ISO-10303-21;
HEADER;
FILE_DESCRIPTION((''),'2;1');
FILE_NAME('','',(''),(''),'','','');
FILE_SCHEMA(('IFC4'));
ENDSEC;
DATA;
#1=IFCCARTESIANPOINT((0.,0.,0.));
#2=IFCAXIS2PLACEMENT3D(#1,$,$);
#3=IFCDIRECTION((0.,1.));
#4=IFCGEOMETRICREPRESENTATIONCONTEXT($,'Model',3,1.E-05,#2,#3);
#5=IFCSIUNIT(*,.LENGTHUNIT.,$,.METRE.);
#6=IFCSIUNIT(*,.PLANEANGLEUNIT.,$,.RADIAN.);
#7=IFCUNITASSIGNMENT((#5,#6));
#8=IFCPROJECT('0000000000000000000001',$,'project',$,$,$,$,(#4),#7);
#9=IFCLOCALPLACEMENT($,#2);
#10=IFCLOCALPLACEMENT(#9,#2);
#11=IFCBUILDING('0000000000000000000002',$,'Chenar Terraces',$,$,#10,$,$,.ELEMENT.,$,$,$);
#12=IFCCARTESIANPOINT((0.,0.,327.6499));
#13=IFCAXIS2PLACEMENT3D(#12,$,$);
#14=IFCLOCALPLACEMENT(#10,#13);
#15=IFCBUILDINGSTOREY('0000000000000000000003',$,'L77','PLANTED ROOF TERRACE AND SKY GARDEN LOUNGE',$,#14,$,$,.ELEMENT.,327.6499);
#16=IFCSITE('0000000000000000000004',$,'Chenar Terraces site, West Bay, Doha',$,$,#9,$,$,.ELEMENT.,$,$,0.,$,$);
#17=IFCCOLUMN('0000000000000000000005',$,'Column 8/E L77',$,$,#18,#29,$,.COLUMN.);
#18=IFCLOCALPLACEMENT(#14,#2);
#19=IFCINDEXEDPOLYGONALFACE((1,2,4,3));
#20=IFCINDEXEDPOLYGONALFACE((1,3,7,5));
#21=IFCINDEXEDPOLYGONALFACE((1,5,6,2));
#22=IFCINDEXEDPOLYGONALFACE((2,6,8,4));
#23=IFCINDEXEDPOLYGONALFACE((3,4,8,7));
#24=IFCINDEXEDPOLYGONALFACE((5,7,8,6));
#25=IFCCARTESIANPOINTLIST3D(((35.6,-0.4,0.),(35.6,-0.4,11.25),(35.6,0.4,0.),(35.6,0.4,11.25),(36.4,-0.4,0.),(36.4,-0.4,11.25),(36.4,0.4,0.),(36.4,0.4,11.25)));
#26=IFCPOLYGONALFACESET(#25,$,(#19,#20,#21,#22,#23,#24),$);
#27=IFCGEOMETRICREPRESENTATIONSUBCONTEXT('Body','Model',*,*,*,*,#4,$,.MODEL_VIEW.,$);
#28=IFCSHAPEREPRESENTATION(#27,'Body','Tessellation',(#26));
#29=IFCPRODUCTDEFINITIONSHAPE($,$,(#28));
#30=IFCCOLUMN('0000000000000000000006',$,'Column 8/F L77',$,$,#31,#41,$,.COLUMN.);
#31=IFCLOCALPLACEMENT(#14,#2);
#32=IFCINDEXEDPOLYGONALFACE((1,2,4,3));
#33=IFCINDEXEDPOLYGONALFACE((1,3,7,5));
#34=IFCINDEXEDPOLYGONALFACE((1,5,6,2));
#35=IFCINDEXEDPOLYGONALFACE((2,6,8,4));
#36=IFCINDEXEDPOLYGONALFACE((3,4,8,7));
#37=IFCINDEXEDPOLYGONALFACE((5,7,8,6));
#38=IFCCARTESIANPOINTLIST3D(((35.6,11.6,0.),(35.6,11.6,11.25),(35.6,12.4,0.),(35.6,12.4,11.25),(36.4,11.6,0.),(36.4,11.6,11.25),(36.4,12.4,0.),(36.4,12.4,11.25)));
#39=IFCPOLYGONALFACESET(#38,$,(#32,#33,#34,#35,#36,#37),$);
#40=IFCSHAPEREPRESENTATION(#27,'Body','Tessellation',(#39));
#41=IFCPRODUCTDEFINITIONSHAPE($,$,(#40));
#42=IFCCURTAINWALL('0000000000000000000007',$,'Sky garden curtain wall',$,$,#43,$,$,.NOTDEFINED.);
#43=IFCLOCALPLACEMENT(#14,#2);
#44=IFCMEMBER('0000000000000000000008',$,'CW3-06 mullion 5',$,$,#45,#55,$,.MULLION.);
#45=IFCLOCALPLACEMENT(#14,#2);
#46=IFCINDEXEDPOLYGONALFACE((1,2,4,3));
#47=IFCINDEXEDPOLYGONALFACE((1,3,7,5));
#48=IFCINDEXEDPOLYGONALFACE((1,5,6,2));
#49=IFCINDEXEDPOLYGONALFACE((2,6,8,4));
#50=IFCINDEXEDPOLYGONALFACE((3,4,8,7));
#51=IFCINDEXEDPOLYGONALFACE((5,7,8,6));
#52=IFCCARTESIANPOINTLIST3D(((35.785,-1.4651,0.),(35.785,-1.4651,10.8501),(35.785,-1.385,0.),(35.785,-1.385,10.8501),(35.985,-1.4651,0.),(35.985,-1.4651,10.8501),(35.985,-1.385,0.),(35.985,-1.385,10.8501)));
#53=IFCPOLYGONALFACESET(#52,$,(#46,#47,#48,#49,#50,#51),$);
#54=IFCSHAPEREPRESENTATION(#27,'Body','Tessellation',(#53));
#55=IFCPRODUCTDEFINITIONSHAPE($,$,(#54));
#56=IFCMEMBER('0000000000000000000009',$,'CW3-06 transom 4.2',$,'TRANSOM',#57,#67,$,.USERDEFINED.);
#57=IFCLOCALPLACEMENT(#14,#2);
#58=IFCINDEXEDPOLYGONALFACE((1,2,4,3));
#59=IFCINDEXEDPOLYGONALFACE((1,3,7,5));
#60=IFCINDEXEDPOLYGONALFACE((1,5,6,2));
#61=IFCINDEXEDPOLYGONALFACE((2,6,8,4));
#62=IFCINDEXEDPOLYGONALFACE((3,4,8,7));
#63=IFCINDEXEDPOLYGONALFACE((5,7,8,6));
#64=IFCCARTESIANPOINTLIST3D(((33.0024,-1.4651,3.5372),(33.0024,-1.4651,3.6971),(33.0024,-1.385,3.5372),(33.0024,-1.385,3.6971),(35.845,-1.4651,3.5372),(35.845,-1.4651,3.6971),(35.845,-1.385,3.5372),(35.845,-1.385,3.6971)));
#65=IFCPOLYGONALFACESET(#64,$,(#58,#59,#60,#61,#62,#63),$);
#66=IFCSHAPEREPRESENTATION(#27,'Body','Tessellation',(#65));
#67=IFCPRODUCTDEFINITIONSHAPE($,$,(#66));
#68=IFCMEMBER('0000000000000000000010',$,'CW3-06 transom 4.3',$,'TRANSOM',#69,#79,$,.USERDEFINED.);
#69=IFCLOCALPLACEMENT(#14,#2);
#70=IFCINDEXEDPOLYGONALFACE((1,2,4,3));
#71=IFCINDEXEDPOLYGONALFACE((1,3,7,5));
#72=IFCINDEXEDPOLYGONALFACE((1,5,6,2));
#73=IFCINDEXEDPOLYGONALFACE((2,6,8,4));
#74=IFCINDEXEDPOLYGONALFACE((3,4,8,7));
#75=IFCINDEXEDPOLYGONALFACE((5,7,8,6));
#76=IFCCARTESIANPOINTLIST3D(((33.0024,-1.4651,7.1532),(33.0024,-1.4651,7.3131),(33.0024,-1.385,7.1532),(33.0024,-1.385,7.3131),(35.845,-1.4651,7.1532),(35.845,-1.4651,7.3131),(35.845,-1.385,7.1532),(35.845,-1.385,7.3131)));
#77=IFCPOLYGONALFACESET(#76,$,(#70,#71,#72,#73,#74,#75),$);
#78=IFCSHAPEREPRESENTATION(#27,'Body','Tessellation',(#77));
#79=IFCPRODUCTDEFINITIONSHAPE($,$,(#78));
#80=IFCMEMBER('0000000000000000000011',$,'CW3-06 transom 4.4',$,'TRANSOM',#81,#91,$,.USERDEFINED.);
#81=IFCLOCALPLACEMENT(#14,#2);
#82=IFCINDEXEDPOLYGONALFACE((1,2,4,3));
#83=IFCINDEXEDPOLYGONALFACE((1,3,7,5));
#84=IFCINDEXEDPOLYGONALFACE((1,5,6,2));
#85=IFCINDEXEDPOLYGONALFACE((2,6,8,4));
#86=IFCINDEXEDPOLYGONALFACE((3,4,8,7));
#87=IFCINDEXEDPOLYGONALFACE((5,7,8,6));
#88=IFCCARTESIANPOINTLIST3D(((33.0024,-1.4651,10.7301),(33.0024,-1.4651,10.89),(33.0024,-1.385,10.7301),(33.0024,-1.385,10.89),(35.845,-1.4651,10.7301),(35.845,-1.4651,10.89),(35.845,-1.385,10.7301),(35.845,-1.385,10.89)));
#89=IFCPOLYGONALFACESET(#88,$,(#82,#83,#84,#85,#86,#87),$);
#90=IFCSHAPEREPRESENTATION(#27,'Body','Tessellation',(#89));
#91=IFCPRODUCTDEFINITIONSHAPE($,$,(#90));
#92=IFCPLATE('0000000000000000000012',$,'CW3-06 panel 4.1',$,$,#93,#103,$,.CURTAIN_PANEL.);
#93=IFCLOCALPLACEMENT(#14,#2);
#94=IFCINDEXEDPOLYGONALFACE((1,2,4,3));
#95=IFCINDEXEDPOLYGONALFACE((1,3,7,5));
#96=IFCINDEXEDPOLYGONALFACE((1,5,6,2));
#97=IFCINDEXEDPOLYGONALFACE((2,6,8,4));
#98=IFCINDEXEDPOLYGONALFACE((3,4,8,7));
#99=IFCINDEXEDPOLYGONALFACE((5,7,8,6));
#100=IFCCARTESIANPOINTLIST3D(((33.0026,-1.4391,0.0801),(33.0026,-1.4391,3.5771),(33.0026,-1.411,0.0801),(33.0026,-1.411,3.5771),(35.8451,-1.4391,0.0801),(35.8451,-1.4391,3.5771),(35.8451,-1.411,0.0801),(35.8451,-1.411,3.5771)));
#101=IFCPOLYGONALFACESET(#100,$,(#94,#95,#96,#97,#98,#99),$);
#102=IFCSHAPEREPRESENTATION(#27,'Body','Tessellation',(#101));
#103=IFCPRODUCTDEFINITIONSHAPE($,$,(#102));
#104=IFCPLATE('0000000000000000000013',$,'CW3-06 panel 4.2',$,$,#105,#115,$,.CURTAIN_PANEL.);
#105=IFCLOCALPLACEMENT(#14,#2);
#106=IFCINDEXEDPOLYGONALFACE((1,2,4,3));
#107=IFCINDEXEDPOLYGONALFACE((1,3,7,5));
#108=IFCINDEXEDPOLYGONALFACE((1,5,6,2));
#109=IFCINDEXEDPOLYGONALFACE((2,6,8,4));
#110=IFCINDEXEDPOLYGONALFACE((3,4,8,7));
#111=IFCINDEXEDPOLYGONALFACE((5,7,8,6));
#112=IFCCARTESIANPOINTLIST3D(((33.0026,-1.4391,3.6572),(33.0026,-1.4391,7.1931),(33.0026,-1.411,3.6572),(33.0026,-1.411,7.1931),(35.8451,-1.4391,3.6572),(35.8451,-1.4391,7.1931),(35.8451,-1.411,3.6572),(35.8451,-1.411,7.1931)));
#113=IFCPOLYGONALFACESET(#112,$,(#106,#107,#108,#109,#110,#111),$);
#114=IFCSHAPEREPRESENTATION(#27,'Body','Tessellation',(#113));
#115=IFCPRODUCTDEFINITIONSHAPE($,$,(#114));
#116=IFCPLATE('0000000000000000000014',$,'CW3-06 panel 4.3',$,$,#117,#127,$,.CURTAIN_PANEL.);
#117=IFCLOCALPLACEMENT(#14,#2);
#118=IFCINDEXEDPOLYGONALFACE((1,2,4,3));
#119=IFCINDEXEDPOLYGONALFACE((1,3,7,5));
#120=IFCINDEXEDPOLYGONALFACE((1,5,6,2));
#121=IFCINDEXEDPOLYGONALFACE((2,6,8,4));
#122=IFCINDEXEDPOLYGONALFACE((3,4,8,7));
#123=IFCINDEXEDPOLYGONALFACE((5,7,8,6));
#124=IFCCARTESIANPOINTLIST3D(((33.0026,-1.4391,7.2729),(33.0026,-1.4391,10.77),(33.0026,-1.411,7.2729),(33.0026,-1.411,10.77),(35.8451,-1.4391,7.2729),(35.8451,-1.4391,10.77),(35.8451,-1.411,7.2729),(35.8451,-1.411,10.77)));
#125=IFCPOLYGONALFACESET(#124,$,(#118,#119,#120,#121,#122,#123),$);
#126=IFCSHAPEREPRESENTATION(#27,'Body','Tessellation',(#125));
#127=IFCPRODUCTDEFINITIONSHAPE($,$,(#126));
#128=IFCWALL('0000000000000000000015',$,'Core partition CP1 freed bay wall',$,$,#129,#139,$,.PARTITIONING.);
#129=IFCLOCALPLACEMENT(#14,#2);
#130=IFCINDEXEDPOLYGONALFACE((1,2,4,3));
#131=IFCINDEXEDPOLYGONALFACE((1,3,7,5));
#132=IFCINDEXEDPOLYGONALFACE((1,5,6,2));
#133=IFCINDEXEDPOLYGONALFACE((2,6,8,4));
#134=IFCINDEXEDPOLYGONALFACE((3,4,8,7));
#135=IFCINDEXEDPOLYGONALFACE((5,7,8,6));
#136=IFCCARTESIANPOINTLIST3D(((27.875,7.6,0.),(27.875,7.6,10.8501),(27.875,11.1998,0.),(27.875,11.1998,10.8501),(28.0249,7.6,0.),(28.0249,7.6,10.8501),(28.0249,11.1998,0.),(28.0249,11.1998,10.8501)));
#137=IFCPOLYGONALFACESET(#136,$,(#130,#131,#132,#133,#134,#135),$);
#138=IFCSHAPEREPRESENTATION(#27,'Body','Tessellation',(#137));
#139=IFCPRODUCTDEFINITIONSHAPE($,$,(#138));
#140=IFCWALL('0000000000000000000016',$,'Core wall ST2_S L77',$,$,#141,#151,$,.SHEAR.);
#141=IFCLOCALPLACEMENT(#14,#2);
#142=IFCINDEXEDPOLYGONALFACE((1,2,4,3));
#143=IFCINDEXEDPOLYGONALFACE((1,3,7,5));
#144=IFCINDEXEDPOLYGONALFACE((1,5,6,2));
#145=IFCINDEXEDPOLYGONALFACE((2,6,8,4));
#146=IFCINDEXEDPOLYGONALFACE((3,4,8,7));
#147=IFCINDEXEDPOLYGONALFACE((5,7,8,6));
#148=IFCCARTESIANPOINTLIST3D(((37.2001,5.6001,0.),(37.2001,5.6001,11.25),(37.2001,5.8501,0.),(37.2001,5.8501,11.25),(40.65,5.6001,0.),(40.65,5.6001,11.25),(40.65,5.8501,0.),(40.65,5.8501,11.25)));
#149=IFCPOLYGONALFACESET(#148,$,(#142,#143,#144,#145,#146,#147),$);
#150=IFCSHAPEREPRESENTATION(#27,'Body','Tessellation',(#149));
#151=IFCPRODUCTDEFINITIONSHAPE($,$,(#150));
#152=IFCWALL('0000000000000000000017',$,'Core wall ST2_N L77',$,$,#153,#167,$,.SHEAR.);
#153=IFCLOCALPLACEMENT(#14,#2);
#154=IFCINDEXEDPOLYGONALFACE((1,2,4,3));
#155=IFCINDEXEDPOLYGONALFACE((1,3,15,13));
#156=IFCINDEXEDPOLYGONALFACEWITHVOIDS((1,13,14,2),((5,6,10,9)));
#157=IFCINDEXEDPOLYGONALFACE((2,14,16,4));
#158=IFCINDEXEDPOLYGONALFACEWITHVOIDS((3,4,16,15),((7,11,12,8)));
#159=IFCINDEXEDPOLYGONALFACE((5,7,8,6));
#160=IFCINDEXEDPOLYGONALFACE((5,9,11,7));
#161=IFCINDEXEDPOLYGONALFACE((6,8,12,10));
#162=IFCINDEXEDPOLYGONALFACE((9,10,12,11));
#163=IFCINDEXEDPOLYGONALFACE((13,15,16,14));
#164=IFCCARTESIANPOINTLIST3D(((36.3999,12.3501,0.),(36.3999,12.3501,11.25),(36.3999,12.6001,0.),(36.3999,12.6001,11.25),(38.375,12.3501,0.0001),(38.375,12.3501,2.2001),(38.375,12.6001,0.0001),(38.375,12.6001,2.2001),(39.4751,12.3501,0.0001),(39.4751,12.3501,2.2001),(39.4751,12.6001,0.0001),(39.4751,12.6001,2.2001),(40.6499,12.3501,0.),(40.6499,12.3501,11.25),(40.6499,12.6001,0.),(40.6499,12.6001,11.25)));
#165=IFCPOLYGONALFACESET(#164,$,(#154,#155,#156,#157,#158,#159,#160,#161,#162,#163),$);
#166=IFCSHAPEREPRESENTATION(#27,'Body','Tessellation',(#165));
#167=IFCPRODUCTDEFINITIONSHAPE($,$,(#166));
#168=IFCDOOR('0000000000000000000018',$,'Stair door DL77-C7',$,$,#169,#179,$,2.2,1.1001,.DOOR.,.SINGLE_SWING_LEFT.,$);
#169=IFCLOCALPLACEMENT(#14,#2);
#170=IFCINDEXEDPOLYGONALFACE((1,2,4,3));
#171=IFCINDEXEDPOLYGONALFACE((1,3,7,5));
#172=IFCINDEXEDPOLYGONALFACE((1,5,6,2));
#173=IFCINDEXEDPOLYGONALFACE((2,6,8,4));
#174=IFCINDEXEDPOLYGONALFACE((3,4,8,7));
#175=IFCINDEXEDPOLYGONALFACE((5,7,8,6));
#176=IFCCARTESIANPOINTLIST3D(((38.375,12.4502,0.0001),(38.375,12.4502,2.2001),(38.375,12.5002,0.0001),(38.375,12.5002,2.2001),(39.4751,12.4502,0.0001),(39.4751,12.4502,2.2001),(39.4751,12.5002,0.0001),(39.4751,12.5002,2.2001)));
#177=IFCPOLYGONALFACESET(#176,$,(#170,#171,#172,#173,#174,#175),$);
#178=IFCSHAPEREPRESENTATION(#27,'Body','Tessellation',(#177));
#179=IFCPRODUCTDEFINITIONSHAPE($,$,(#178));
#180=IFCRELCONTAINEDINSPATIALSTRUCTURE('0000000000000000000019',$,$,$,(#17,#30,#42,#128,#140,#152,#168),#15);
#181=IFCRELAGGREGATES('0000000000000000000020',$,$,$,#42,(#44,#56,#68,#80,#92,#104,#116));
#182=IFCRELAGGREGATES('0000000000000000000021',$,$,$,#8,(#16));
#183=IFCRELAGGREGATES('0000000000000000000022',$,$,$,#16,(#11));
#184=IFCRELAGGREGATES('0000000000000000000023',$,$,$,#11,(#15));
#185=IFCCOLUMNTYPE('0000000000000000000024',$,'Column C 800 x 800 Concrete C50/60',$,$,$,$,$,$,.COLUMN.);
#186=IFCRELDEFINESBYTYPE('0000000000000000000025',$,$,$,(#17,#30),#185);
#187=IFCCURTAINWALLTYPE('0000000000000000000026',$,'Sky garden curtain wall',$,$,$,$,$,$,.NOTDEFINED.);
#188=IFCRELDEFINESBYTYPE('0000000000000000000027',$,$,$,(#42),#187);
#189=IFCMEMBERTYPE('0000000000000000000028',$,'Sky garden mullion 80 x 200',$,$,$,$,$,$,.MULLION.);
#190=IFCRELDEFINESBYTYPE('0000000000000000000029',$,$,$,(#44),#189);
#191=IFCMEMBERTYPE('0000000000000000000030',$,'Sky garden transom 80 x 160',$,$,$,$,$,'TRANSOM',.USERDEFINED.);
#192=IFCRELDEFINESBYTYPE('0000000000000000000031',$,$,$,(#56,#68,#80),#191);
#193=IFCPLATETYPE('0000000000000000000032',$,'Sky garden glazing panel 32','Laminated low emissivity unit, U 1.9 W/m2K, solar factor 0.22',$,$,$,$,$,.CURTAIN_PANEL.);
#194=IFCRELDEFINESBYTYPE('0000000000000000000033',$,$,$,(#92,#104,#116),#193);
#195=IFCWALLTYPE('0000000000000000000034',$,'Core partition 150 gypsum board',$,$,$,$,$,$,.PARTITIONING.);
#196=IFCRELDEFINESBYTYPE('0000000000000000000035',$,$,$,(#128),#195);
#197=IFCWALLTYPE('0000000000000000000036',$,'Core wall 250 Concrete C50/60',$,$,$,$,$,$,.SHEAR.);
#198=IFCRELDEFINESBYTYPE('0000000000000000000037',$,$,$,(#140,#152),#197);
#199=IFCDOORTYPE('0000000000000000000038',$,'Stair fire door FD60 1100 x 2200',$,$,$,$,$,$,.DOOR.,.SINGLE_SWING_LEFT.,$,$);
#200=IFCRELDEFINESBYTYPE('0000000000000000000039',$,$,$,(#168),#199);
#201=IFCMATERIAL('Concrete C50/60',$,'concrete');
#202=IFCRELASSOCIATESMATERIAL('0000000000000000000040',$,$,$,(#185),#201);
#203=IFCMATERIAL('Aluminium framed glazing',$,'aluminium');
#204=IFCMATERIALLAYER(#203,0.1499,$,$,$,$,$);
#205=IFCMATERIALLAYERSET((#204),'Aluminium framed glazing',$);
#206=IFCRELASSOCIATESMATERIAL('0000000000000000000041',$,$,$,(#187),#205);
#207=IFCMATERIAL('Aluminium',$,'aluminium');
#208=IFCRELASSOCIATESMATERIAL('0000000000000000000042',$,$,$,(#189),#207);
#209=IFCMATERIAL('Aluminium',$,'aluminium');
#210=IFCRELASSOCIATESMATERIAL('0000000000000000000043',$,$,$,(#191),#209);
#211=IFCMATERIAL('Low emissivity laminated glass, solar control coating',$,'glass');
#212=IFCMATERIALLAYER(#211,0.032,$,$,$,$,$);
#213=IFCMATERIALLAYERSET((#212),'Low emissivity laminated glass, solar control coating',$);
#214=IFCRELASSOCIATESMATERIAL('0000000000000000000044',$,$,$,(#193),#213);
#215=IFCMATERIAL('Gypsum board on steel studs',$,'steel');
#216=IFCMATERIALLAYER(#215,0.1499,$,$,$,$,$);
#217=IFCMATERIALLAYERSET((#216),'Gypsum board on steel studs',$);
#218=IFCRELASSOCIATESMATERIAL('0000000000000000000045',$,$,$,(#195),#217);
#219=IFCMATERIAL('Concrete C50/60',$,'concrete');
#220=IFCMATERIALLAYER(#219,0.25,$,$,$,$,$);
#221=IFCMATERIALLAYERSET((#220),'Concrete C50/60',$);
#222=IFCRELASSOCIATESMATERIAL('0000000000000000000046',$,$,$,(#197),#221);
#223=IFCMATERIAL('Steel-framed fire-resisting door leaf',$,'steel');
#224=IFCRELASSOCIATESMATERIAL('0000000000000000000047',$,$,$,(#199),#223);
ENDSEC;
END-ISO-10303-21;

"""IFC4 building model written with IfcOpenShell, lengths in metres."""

from ifc_helpers import new_model, si_unit, direction, frame, frame_2d, origin, origin_2d, place, context, subcontext, project, spatial, rectangle, extrude, material, layer, layer_set, material_profile, profile_set, type_object, element, fill, aggregate, save


model = new_model("IFC4")

# Units and contexts
model_context = context("Model", 3, precision=1e-05, world=origin(), true_north=direction((0.0, 1.0)))
body_context = subcontext(model_context, "Body", "Model", "MODEL_VIEW")
ifc_project = project(units=[si_unit("LENGTHUNIT", "METRE"), si_unit("PLANEANGLEUNIT", "RADIAN")], contexts=[model_context])

# Site, building, storey
site_placement = place(None, origin())
site = spatial("IfcSite", under=ifc_project, at=site_placement, Name="Chenar Terraces site, West Bay, Doha", CompositionType="ELEMENT", RefElevation=0.0)
building_placement = place(site_placement, origin())
building = spatial("IfcBuilding", under=site, at=building_placement, Name="Chenar Terraces", CompositionType="ELEMENT")
storey_placement = place(building_placement, frame((0.0, 0.0, 327.6499)))
storey = spatial("IfcBuildingStorey", under=building, at=storey_placement, Name="L77", Description="PLANTED ROOF TERRACE AND SKY GARDEN LOUNGE", CompositionType="ELEMENT", Elevation=327.6499)

# Columns
ifc_material_1 = material(Name="Concrete C50/60", Category="concrete")
ifc_material_profile_1 = material_profile(ifc_material_1, rectangle(XDim=0.8, YDim=0.8, at=origin_2d()), Name="C 800 x 800")
ifc_profile_set_1 = profile_set([ifc_material_profile_1], Name="Concrete C50/60")
column_type = type_object("IfcColumnType", Name="Column C 800 x 800 Concrete C50/60", PredefinedType="COLUMN", material=ifc_profile_set_1)
for number, where, z_axis, x_axis, name in (
    (1, (36.0, 0.0, 0.0), (0.0, 0.0, 1.0), (1.0, 0.0, 0.0), "Column 8/E L77"),
    (2, (36.0, 12.0, 0.0), (0.0, 0.0, 1.0), (1.0, 0.0, 0.0), "Column 8/F L77"),
):
    element("IfcColumn", number, at=place(storey_placement, frame(where, z_axis=z_axis, x_axis=x_axis)), inside=storey, type_object=column_type, Name=name, PredefinedType="COLUMN", context=body_context, shape_type="SweptSolid", body=[
        extrude(rectangle(XDim=0.8, YDim=0.8, at=origin_2d()), origin(), (0.0, 0.0, 1.0), 11.25),
    ])

# Curtain wall, members, plates
ifc_material_2 = material(Name="Aluminium framed glazing", Category="aluminium")
ifc_layer_1 = layer(ifc_material_2, 0.1499)
ifc_layer_set_1 = layer_set([ifc_layer_1], Name="Aluminium framed glazing")
curtain_wall_type = type_object("IfcCurtainWallType", Name="Sky garden curtain wall", PredefinedType="NOTDEFINED", material=ifc_layer_set_1)
placement = place(storey_placement, origin())
curtain_wall = element("IfcCurtainWall", 3, at=placement, inside=storey, type_object=curtain_wall_type, Name="Sky garden curtain wall", PredefinedType="NOTDEFINED")
ifc_material_3 = material(Name="Aluminium", Category="aluminium")
ifc_material_profile_2 = material_profile(ifc_material_3, rectangle(XDim=0.0801, YDim=0.2, at=origin_2d()), Name="Sky garden mullion 80 x 200")
ifc_profile_set_2 = profile_set([ifc_material_profile_2], Name="Aluminium")
member_type_1 = type_object("IfcMemberType", Name="Sky garden mullion 80 x 200", PredefinedType="MULLION", material=ifc_profile_set_2)
member_1_placement = place(storey_placement, frame((35.885, -1.425, 0.0), z_axis=(0.0, 0.0, 1.0), x_axis=(0.0, 1.0, 0.0)))
member_1 = element("IfcMember", 4, at=member_1_placement, type_object=member_type_1, Name="CW3-06 mullion 5", PredefinedType="MULLION", context=body_context, shape_type="SweptSolid", body=[
    extrude(rectangle(XDim=0.0801, YDim=0.2, at=origin_2d()), origin(), (0.0, 0.0, 1.0), 10.8501),
])
ifc_material_4 = material(Name="Aluminium", Category="aluminium")
ifc_material_profile_3 = material_profile(ifc_material_4, rectangle(XDim=0.0801, YDim=0.1599, at=origin_2d()), Name="Sky garden transom 80 x 160")
ifc_profile_set_3 = profile_set([ifc_material_profile_3], Name="Aluminium")
member_type_2 = type_object("IfcMemberType", Name="Sky garden transom 80 x 160", ElementType="TRANSOM", PredefinedType="USERDEFINED", material=ifc_profile_set_3)
member_2_placement = place(storey_placement, frame((33.0024, -1.425, 3.6172), z_axis=(1.0, 0.0, 0.0), x_axis=(0.0, 1.0, 0.0)))
member_2 = element("IfcMember", 5, at=member_2_placement, type_object=member_type_2, Name="CW3-06 transom 4.2", ObjectType="TRANSOM", PredefinedType="USERDEFINED", context=body_context, shape_type="SweptSolid", body=[
    extrude(rectangle(XDim=0.0801, YDim=0.1599, at=origin_2d()), origin(), (0.0, 0.0, 1.0), 2.8425),
])
member_3_placement = place(storey_placement, frame((33.0024, -1.425, 7.2332), z_axis=(1.0, 0.0, 0.0), x_axis=(0.0, 1.0, 0.0)))
member_3 = element("IfcMember", 6, at=member_3_placement, type_object=member_type_2, Name="CW3-06 transom 4.3", ObjectType="TRANSOM", PredefinedType="USERDEFINED", context=body_context, shape_type="SweptSolid", body=[
    extrude(rectangle(XDim=0.0801, YDim=0.1599, at=origin_2d()), origin(), (0.0, 0.0, 1.0), 2.8425),
])
member_4_placement = place(storey_placement, frame((33.0024, -1.425, 10.8101), z_axis=(1.0, 0.0, 0.0), x_axis=(0.0, 1.0, 0.0)))
member_4 = element("IfcMember", 7, at=member_4_placement, type_object=member_type_2, Name="CW3-06 transom 4.4", ObjectType="TRANSOM", PredefinedType="USERDEFINED", context=body_context, shape_type="SweptSolid", body=[
    extrude(rectangle(XDim=0.0801, YDim=0.1599, at=origin_2d()), origin(), (0.0, 0.0, 1.0), 2.8425),
])
ifc_material_5 = material(Name="Low emissivity laminated glass, solar control coating", Category="glass")
ifc_layer_2 = layer(ifc_material_5, 0.032)
ifc_layer_set_2 = layer_set([ifc_layer_2], Name="Low emissivity laminated glass, solar control coating")
plate_type = type_object("IfcPlateType", Name="Sky garden glazing panel 32", Description="Laminated low emissivity unit, U 1.9 W/m2K, solar factor 0.22", PredefinedType="CURTAIN_PANEL", material=ifc_layer_set_2)
plate_1_placement = place(storey_placement, frame((34.4238, -1.425, 0.0801), z_axis=(0.0, 0.0, 1.0), x_axis=(1.0, 0.0, 0.0)))
plate_1 = element("IfcPlate", 8, at=plate_1_placement, type_object=plate_type, Name="CW3-06 panel 4.1", PredefinedType="CURTAIN_PANEL", context=body_context, shape_type="SweptSolid", body=[
    extrude(rectangle(XDim=2.8425, YDim=0.0281, at=origin_2d()), origin(), (0.0, 0.0, 1.0), 3.4971),
])
plate_2_placement = place(storey_placement, frame((34.4238, -1.425, 3.6572), z_axis=(0.0, 0.0, 1.0), x_axis=(1.0, 0.0, 0.0)))
plate_2 = element("IfcPlate", 9, at=plate_2_placement, type_object=plate_type, Name="CW3-06 panel 4.2", PredefinedType="CURTAIN_PANEL", context=body_context, shape_type="SweptSolid", body=[
    extrude(rectangle(XDim=2.8425, YDim=0.0281, at=origin_2d()), origin(), (0.0, 0.0, 1.0), 3.5359),
])
plate_3_placement = place(storey_placement, frame((34.4238, -1.425, 7.2729), z_axis=(0.0, 0.0, 1.0), x_axis=(1.0, 0.0, 0.0)))
plate_3 = element("IfcPlate", 10, at=plate_3_placement, type_object=plate_type, Name="CW3-06 panel 4.3", PredefinedType="CURTAIN_PANEL", context=body_context, shape_type="SweptSolid", body=[
    extrude(rectangle(XDim=2.8425, YDim=0.0281, at=origin_2d()), origin(), (0.0, 0.0, 1.0), 3.4971),
])
aggregate(curtain_wall, [member_1, member_2, member_3, member_4, plate_1, plate_2, plate_3])

# Walls
ifc_material_6 = material(Name="Gypsum board on steel studs", Category="steel")
ifc_layer_3 = layer(ifc_material_6, 0.1499)
ifc_layer_set_3 = layer_set([ifc_layer_3], Name="Gypsum board on steel studs")
wall_type_1 = type_object("IfcWallType", Name="Core partition 150 gypsum board", PredefinedType="PARTITIONING", material=ifc_layer_set_3)
wall_1_placement = place(storey_placement, frame((27.95, 7.6001, 0.0), z_axis=(0.0, 0.0, 1.0), x_axis=(0.0, 1.0, 0.0)))
element("IfcWall", 11, at=wall_1_placement, inside=storey, type_object=wall_type_1, Name="Core partition CP1 freed bay wall", PredefinedType="PARTITIONING", context=body_context, shape_type="SweptSolid", body=[
    extrude(rectangle(XDim=3.5999, YDim=0.1499, at=frame_2d((1.7998, 0.0))), origin(), (0.0, 0.0, 1.0), 10.8501),
])
ifc_material_7 = material(Name="Concrete C50/60", Category="concrete")
ifc_layer_4 = layer(ifc_material_7, 0.25)
ifc_layer_set_4 = layer_set([ifc_layer_4], Name="Concrete C50/60")
wall_type_2 = type_object("IfcWallType", Name="Core wall 250 Concrete C50/60", PredefinedType="SHEAR", material=ifc_layer_set_4)
wall_2_placement = place(storey_placement, frame((37.2, 5.7251, 0.0), z_axis=(0.0, 0.0, 1.0), x_axis=(1.0, 0.0, 0.0)))
element("IfcWall", 12, at=wall_2_placement, inside=storey, type_object=wall_type_2, Name="Core wall ST2_S L77", PredefinedType="SHEAR", context=body_context, shape_type="SweptSolid", body=[
    extrude(rectangle(XDim=3.45, YDim=0.25, at=frame_2d((1.7251, 0.0))), origin(), (0.0, 0.0, 1.0), 11.25),
])

# Wall, opening, door
wall_3_placement = place(storey_placement, frame((36.3999, 12.4751, 0.0), z_axis=(0.0, 0.0, 1.0), x_axis=(1.0, 0.0, 0.0)))
wall_3 = element("IfcWall", 13, at=wall_3_placement, inside=storey, type_object=wall_type_2, Name="Core wall ST2_N L77", PredefinedType="SHEAR", context=body_context, shape_type="SweptSolid", body=[
    extrude(rectangle(XDim=4.25, YDim=0.25, at=frame_2d((2.125, 0.0))), origin(), (0.0, 0.0, 1.0), 11.25),
])
opening_1_placement = place(wall_3_placement, frame((1.9751, 0.0, 0.0)))
opening_1 = element("IfcOpeningElement", 14, at=opening_1_placement, cuts=wall_3, PredefinedType="OPENING", context=body_context, shape_type="SweptSolid", body=[
    extrude(rectangle(XDim=1.1001, YDim=2.2, at=frame_2d((0.55, 1.1001))), frame((0.0, 0.135, 0.0), z_axis=(0.0, -1.0, 0.0), x_axis=(1.0, 0.0, 0.0)), (0.0, 0.0, 1.0), 0.27),
])
ifc_material_8 = material(Name="Steel-framed fire-resisting door leaf", Category="steel")
door_type_1 = type_object("IfcDoorType", Name="Stair fire door FD60 1100 x 2200", OperationType="SINGLE_SWING_LEFT", PredefinedType="DOOR", material=ifc_material_8)
door_1_placement = place(opening_1_placement, frame((1.1001, 0.0, 0.0), z_axis=(0.0, 0.0, 1.0), x_axis=(-1.0, 0.0, 0.0)))
door_1 = element("IfcDoor", 15, at=door_1_placement, inside=storey, type_object=door_type_1, Name="Stair door DL77-C7", OperationType="SINGLE_SWING_LEFT", OverallHeight=2.2, OverallWidth=1.1001, PredefinedType="DOOR", context=body_context, shape_type="SweptSolid", body=[
    extrude(rectangle(XDim=1.1001, YDim=2.2, at=frame_2d((0.55, 1.1001))), frame((0.0, 0.0249, 0.0), z_axis=(0.0, -1.0, 0.0), x_axis=(1.0, 0.0, 0.0)), (0.0, 0.0, 1.0), 0.05),
])
fill(opening_1, door_1)

save(model, "model.ifc")
